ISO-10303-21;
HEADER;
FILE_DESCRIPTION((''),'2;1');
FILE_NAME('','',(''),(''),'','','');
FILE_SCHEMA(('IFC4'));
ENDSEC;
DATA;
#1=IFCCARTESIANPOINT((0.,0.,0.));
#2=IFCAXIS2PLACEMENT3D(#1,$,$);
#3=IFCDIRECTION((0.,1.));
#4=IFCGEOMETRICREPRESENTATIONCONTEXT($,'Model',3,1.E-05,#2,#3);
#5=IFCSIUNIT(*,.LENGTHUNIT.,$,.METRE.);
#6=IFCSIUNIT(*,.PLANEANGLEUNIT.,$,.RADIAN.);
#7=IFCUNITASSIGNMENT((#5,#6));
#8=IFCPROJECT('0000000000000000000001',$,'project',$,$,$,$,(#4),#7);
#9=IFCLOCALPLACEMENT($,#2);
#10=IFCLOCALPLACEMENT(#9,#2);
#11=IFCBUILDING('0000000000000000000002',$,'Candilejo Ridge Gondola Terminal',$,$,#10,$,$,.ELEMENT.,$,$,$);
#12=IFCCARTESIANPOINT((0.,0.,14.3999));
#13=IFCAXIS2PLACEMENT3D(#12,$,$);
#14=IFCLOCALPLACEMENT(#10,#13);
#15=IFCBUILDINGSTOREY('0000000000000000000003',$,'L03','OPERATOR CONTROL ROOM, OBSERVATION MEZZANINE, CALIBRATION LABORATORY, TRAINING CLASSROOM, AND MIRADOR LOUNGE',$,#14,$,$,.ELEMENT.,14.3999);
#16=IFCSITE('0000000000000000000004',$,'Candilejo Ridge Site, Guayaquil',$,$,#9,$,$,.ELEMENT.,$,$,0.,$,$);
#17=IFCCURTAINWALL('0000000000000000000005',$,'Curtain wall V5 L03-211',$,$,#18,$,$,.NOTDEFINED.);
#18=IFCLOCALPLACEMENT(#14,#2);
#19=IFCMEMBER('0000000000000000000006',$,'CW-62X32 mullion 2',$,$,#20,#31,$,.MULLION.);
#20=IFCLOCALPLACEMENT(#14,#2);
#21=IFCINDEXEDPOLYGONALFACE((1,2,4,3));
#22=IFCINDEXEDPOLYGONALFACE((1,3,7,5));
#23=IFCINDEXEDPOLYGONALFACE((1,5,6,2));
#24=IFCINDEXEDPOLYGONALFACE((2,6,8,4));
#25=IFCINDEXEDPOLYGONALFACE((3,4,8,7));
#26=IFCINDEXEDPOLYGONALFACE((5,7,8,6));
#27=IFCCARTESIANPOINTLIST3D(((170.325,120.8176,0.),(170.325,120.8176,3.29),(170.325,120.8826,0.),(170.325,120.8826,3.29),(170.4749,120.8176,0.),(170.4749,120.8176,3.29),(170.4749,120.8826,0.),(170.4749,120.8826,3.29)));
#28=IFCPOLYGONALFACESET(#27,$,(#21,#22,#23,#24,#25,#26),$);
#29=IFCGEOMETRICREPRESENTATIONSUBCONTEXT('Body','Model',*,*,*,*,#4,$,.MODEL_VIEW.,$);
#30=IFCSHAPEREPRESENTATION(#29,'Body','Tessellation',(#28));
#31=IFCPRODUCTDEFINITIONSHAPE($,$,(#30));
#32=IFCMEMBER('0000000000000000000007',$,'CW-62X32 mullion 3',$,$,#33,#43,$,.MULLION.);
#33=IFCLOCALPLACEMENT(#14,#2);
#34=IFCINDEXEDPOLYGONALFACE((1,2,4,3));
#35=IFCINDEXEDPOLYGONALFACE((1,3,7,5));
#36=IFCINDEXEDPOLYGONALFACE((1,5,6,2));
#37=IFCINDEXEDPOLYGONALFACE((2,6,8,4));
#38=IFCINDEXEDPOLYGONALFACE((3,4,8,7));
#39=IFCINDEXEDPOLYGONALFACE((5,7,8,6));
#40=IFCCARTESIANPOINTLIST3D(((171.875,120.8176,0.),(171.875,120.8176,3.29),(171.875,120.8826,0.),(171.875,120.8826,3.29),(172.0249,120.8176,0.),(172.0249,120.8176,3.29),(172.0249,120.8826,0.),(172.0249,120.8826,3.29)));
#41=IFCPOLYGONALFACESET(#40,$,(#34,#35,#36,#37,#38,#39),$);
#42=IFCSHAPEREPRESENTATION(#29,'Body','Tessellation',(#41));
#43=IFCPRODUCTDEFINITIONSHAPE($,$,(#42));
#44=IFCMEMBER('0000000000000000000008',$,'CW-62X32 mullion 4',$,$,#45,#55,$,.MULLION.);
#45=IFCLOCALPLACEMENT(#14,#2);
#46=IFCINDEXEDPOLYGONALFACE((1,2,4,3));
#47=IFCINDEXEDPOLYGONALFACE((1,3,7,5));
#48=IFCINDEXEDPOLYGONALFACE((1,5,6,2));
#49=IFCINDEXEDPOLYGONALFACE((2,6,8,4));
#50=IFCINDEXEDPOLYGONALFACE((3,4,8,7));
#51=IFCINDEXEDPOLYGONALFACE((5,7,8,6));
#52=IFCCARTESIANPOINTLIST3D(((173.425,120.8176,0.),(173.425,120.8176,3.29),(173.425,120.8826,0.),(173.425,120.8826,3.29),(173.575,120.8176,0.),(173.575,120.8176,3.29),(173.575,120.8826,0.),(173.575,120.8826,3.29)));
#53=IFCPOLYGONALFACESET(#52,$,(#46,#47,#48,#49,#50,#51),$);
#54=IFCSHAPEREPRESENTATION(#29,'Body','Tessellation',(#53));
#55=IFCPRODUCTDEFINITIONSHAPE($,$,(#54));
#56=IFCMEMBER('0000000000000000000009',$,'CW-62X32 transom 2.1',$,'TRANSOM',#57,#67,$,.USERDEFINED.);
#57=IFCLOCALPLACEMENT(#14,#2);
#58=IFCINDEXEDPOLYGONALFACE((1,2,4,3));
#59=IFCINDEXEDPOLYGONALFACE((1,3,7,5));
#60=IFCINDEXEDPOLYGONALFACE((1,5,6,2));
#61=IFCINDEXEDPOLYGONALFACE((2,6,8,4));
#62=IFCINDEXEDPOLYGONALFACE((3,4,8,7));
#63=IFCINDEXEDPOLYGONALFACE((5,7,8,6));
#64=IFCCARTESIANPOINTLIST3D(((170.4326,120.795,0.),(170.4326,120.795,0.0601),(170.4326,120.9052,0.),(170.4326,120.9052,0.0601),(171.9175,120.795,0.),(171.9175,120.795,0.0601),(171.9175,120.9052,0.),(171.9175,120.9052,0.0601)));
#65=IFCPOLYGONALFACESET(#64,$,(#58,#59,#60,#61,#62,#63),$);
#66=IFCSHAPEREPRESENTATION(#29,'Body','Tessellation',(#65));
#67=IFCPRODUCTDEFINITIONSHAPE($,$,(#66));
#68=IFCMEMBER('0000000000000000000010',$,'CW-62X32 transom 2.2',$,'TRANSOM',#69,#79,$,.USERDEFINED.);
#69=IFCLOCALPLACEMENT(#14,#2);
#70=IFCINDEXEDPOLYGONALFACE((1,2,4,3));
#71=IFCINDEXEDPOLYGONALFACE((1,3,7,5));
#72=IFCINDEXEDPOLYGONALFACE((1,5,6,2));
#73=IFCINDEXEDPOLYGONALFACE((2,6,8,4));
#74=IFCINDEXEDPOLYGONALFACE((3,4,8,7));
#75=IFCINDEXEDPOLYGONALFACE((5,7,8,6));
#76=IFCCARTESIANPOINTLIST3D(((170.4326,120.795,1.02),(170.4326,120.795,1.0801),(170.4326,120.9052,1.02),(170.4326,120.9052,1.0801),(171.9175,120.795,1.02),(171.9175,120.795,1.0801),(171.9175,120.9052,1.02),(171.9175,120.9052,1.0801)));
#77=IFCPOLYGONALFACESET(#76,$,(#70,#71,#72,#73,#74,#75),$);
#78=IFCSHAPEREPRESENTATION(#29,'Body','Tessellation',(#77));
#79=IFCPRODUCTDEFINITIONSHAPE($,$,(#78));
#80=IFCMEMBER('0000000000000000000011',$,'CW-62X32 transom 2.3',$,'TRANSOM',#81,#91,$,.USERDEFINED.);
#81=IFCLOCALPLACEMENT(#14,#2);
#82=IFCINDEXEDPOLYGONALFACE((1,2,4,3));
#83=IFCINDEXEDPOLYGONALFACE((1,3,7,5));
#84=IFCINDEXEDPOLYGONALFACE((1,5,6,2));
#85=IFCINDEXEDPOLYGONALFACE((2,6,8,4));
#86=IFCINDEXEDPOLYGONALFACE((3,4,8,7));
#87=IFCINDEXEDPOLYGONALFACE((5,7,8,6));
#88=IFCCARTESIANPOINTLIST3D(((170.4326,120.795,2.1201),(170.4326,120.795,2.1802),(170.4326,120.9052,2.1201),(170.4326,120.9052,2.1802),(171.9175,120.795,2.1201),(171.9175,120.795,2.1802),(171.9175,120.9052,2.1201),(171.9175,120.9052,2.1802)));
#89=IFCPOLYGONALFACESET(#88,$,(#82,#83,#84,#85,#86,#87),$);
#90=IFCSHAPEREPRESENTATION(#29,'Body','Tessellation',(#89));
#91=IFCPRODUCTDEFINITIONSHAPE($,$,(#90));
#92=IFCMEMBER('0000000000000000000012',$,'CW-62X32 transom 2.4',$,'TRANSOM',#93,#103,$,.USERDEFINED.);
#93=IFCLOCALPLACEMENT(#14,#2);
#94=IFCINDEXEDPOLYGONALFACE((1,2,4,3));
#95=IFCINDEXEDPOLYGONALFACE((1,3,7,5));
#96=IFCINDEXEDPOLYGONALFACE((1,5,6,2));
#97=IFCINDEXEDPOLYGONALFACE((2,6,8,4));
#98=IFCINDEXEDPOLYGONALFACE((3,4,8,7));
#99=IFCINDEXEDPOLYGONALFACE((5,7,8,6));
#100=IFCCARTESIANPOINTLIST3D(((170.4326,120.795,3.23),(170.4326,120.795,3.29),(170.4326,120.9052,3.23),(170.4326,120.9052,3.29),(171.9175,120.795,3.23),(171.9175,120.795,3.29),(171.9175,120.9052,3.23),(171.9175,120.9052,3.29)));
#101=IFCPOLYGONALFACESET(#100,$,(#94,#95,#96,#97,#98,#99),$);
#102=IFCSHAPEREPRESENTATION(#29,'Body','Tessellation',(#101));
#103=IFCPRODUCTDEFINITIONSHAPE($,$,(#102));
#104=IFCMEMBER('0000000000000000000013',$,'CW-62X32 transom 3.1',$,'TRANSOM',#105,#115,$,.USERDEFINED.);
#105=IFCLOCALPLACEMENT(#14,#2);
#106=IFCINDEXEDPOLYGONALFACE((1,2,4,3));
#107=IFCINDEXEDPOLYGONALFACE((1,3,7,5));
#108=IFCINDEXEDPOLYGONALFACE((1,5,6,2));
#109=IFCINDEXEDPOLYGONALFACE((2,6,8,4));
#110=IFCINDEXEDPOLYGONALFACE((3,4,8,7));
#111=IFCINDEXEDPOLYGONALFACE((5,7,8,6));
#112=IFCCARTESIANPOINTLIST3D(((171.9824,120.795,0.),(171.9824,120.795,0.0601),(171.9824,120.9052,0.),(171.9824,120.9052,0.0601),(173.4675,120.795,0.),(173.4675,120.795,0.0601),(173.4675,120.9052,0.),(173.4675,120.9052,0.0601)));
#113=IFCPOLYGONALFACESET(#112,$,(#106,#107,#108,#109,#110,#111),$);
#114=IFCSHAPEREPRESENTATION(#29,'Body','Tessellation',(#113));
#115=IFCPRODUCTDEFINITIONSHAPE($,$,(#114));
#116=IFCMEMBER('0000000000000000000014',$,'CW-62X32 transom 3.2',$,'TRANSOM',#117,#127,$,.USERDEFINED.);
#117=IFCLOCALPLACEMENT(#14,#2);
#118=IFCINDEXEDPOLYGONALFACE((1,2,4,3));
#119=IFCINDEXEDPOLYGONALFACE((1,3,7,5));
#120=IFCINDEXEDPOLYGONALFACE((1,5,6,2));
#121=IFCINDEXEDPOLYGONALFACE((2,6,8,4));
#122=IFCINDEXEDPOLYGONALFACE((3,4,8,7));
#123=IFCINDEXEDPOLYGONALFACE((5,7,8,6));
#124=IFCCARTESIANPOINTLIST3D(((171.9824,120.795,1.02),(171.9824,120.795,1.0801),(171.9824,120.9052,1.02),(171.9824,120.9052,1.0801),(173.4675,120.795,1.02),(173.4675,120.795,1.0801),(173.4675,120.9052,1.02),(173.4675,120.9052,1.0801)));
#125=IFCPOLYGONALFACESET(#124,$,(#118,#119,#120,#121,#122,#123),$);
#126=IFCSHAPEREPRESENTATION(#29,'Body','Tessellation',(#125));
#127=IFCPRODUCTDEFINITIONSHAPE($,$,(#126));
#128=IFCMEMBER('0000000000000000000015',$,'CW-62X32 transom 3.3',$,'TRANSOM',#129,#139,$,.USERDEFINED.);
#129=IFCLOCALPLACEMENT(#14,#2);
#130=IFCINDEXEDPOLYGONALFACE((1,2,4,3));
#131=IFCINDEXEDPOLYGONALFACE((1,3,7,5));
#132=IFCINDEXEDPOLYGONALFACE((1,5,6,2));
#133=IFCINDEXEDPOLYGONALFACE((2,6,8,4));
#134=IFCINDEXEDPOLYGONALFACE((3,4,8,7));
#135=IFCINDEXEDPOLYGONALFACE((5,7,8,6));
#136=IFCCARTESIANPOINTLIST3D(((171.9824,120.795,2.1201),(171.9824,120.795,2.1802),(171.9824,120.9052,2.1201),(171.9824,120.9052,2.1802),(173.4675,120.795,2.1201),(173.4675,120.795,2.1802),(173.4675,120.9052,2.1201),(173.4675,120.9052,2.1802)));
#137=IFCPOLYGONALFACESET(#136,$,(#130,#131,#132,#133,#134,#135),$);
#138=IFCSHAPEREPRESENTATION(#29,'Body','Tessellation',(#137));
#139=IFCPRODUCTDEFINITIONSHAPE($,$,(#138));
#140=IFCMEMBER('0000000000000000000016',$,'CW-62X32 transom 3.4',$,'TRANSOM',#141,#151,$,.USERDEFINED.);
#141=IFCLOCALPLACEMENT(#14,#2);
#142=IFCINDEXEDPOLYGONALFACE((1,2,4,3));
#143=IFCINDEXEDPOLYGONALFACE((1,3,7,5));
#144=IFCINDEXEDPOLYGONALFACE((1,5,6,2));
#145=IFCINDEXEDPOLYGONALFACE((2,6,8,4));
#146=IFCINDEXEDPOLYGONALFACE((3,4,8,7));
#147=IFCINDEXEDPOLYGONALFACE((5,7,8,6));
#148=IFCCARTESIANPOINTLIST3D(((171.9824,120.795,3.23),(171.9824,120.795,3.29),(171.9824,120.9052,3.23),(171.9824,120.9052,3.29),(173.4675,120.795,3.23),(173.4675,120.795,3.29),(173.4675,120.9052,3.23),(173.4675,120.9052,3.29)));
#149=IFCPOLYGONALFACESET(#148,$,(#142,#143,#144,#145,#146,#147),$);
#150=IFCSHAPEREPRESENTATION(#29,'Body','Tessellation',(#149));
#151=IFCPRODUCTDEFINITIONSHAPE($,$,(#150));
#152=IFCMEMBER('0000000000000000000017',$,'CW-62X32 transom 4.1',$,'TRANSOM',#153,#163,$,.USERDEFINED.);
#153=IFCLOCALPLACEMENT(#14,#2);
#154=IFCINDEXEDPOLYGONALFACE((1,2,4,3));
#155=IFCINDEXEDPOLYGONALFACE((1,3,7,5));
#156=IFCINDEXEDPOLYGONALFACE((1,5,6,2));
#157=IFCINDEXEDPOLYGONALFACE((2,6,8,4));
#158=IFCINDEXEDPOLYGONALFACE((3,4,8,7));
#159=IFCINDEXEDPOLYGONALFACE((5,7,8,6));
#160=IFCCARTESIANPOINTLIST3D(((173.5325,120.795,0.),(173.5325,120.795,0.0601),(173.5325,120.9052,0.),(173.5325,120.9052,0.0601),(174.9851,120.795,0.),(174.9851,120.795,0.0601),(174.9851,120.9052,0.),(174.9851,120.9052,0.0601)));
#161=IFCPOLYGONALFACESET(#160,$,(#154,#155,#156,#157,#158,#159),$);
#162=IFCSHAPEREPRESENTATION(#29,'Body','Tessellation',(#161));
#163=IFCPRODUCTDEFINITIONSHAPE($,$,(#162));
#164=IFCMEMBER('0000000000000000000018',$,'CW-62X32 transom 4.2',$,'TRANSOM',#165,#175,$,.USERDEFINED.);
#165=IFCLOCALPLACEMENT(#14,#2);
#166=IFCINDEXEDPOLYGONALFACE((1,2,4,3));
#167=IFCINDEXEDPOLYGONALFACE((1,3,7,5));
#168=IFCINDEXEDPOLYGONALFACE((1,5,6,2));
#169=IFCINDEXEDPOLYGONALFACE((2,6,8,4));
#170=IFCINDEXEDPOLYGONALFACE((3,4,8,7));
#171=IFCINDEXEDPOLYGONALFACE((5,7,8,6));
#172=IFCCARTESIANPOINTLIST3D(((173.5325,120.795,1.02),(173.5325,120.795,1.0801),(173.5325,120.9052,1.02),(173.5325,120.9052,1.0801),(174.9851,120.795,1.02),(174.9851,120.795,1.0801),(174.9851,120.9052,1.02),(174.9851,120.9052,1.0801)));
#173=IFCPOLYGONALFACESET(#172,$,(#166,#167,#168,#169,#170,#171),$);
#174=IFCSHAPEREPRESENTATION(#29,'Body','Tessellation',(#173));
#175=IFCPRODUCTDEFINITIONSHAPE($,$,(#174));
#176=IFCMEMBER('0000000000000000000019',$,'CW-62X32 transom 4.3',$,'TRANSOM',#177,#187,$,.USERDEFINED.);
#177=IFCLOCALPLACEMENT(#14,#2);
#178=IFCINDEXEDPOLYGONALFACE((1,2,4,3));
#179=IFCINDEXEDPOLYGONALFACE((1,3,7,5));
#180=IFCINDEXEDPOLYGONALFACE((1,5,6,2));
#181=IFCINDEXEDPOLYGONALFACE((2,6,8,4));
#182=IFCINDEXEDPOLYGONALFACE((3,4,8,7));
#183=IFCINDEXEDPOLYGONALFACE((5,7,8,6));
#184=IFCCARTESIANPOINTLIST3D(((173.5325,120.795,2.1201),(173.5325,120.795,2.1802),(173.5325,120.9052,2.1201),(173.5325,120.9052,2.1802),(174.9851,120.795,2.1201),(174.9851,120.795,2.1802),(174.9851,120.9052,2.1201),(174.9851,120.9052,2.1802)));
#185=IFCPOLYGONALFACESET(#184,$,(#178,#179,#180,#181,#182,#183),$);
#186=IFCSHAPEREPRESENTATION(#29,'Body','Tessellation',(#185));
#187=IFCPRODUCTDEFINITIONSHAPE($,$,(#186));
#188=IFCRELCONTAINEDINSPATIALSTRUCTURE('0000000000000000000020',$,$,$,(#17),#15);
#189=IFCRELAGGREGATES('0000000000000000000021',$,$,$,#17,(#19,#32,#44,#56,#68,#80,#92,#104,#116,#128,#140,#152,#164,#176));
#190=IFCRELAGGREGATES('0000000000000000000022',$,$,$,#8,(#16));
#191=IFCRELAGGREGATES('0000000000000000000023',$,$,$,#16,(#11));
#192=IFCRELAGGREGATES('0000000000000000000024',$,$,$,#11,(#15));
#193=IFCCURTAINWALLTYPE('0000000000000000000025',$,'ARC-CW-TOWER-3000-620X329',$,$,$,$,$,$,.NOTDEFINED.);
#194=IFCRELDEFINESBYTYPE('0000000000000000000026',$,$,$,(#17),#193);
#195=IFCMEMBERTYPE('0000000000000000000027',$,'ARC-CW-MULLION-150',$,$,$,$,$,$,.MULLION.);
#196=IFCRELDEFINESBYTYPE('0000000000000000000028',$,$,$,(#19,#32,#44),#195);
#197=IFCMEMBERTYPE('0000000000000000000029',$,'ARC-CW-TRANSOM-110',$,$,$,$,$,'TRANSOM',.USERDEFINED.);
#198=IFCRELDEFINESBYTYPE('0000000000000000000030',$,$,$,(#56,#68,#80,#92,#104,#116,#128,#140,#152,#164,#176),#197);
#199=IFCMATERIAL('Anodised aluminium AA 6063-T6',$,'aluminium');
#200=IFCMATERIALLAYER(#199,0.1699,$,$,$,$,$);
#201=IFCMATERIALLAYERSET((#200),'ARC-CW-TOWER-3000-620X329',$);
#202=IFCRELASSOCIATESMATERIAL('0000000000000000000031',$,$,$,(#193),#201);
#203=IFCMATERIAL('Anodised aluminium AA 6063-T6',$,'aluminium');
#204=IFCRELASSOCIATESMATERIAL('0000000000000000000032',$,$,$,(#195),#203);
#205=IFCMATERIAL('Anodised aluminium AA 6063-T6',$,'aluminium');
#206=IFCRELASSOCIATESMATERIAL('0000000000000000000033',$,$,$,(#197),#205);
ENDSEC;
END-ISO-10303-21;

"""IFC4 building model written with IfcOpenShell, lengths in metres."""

from ifc_helpers import new_model, si_unit, direction, frame, origin, origin_2d, place, context, subcontext, project, spatial, rectangle, extrude, material, layer, layer_set, material_profile, profile_set, type_object, element, aggregate, save


model = new_model("IFC4")

# Units and contexts
model_context = context("Model", 3, precision=1e-05, world=origin(), true_north=direction((0.0, 1.0)))
body_context = subcontext(model_context, "Body", "Model", "MODEL_VIEW")
ifc_project = project(units=[si_unit("LENGTHUNIT", "METRE"), si_unit("PLANEANGLEUNIT", "RADIAN")], contexts=[model_context])

# Site, building, storey
site_placement = place(None, origin())
site = spatial("IfcSite", under=ifc_project, at=site_placement, Name="Candilejo Ridge Site, Guayaquil", CompositionType="ELEMENT", RefElevation=0.0)
building_placement = place(site_placement, origin())
building = spatial("IfcBuilding", under=site, at=building_placement, Name="Candilejo Ridge Gondola Terminal", CompositionType="ELEMENT")
storey_placement = place(building_placement, frame((0.0, 0.0, 14.3999)))
storey = spatial("IfcBuildingStorey", under=building, at=storey_placement, Name="L03", Description="OPERATOR CONTROL ROOM, OBSERVATION MEZZANINE, CALIBRATION LABORATORY, TRAINING CLASSROOM, AND MIRADOR LOUNGE", CompositionType="ELEMENT", Elevation=14.3999)

# Curtain wall, members
ifc_material_1 = material(Name="Anodised aluminium AA 6063-T6", Category="aluminium")
ifc_layer_1 = layer(ifc_material_1, 0.1699)
ifc_layer_set_1 = layer_set([ifc_layer_1], Name="ARC-CW-TOWER-3000-620X329")
curtain_wall_type = type_object("IfcCurtainWallType", Name="ARC-CW-TOWER-3000-620X329", PredefinedType="NOTDEFINED", material=ifc_layer_set_1)
curtain_wall_placement = place(storey_placement, origin())
curtain_wall = element("IfcCurtainWall", 1, at=curtain_wall_placement, inside=storey, type_object=curtain_wall_type, Name="Curtain wall V5 L03-211", PredefinedType="NOTDEFINED")
ifc_material_2 = material(Name="Anodised aluminium AA 6063-T6", Category="aluminium")
ifc_material_profile_1 = material_profile(ifc_material_2, rectangle(XDim=0.0649, YDim=0.1499, at=origin_2d()))
ifc_profile_set_1 = profile_set([ifc_material_profile_1], Name="Anodised aluminium AA 6063-T6")
member_type_1 = type_object("IfcMemberType", Name="ARC-CW-MULLION-150", PredefinedType="MULLION", material=ifc_profile_set_1)
member_1_placement = place(storey_placement, frame((170.3999, 120.8501, 0.0), z_axis=(0.0, 0.0, 1.0), x_axis=(0.0, 1.0, 0.0)))
member_1 = element("IfcMember", 2, at=member_1_placement, type_object=member_type_1, Name="CW-62X32 mullion 2", PredefinedType="MULLION", context=body_context, shape_type="SweptSolid", body=[
    extrude(rectangle(XDim=0.0649, YDim=0.1499, at=origin_2d()), origin(), (0.0, 0.0, 1.0), 3.29),
])
member_2_placement = place(storey_placement, frame((171.95, 120.8501, 0.0), z_axis=(0.0, 0.0, 1.0), x_axis=(0.0, 1.0, 0.0)))
member_2 = element("IfcMember", 3, at=member_2_placement, type_object=member_type_1, Name="CW-62X32 mullion 3", PredefinedType="MULLION", context=body_context, shape_type="SweptSolid", body=[
    extrude(rectangle(XDim=0.0649, YDim=0.1499, at=origin_2d()), origin(), (0.0, 0.0, 1.0), 3.29),
])
member_3_placement = place(storey_placement, frame((173.5, 120.8501, 0.0), z_axis=(0.0, 0.0, 1.0), x_axis=(0.0, 1.0, 0.0)))
member_3 = element("IfcMember", 4, at=member_3_placement, type_object=member_type_1, Name="CW-62X32 mullion 4", PredefinedType="MULLION", context=body_context, shape_type="SweptSolid", body=[
    extrude(rectangle(XDim=0.0649, YDim=0.1499, at=origin_2d()), origin(), (0.0, 0.0, 1.0), 3.29),
])
ifc_material_3 = material(Name="Anodised aluminium AA 6063-T6", Category="aluminium")
ifc_material_profile_2 = material_profile(ifc_material_3, rectangle(XDim=0.1101, YDim=0.0601, at=origin_2d()))
ifc_profile_set_2 = profile_set([ifc_material_profile_2], Name="Anodised aluminium AA 6063-T6")
member_type_2 = type_object("IfcMemberType", Name="ARC-CW-TRANSOM-110", ElementType="TRANSOM", PredefinedType="USERDEFINED", material=ifc_profile_set_2)
member_4_placement = place(storey_placement, frame((170.4326, 120.8501, 0.03), z_axis=(1.0, 0.0, 0.0), x_axis=(0.0, 1.0, 0.0)))
member_4 = element("IfcMember", 5, at=member_4_placement, type_object=member_type_2, Name="CW-62X32 transom 2.1", ObjectType="TRANSOM", PredefinedType="USERDEFINED", context=body_context, shape_type="SweptSolid", body=[
    extrude(rectangle(XDim=0.1101, YDim=0.0601, at=origin_2d()), origin(), (0.0, 0.0, 1.0), 1.4849),
])
member_5_placement = place(storey_placement, frame((170.4326, 120.8501, 1.05), z_axis=(1.0, 0.0, 0.0), x_axis=(0.0, 1.0, 0.0)))
member_5 = element("IfcMember", 6, at=member_5_placement, type_object=member_type_2, Name="CW-62X32 transom 2.2", ObjectType="TRANSOM", PredefinedType="USERDEFINED", context=body_context, shape_type="SweptSolid", body=[
    extrude(rectangle(XDim=0.1101, YDim=0.0601, at=origin_2d()), origin(), (0.0, 0.0, 1.0), 1.4849),
])
member_6_placement = place(storey_placement, frame((170.4326, 120.8501, 2.1501), z_axis=(1.0, 0.0, 0.0), x_axis=(0.0, 1.0, 0.0)))
member_6 = element("IfcMember", 7, at=member_6_placement, type_object=member_type_2, Name="CW-62X32 transom 2.3", ObjectType="TRANSOM", PredefinedType="USERDEFINED", context=body_context, shape_type="SweptSolid", body=[
    extrude(rectangle(XDim=0.1101, YDim=0.0601, at=origin_2d()), origin(), (0.0, 0.0, 1.0), 1.4849),
])
member_7_placement = place(storey_placement, frame((170.4326, 120.8501, 3.26), z_axis=(1.0, 0.0, 0.0), x_axis=(0.0, 1.0, 0.0)))
member_7 = element("IfcMember", 8, at=member_7_placement, type_object=member_type_2, Name="CW-62X32 transom 2.4", ObjectType="TRANSOM", PredefinedType="USERDEFINED", context=body_context, shape_type="SweptSolid", body=[
    extrude(rectangle(XDim=0.1101, YDim=0.0601, at=origin_2d()), origin(), (0.0, 0.0, 1.0), 1.4849),
])
member_8_placement = place(storey_placement, frame((171.9824, 120.8501, 0.03), z_axis=(1.0, 0.0, 0.0), x_axis=(0.0, 1.0, 0.0)))
member_8 = element("IfcMember", 9, at=member_8_placement, type_object=member_type_2, Name="CW-62X32 transom 3.1", ObjectType="TRANSOM", PredefinedType="USERDEFINED", context=body_context, shape_type="SweptSolid", body=[
    extrude(rectangle(XDim=0.1101, YDim=0.0601, at=origin_2d()), origin(), (0.0, 0.0, 1.0), 1.4851),
])
member_9_placement = place(storey_placement, frame((171.9824, 120.8501, 1.05), z_axis=(1.0, 0.0, 0.0), x_axis=(0.0, 1.0, 0.0)))
member_9 = element("IfcMember", 10, at=member_9_placement, type_object=member_type_2, Name="CW-62X32 transom 3.2", ObjectType="TRANSOM", PredefinedType="USERDEFINED", context=body_context, shape_type="SweptSolid", body=[
    extrude(rectangle(XDim=0.1101, YDim=0.0601, at=origin_2d()), origin(), (0.0, 0.0, 1.0), 1.4851),
])
member_10_placement = place(storey_placement, frame((171.9824, 120.8501, 2.1501), z_axis=(1.0, 0.0, 0.0), x_axis=(0.0, 1.0, 0.0)))
member_10 = element("IfcMember", 11, at=member_10_placement, type_object=member_type_2, Name="CW-62X32 transom 3.3", ObjectType="TRANSOM", PredefinedType="USERDEFINED", context=body_context, shape_type="SweptSolid", body=[
    extrude(rectangle(XDim=0.1101, YDim=0.0601, at=origin_2d()), origin(), (0.0, 0.0, 1.0), 1.4851),
])
member_11_placement = place(storey_placement, frame((171.9824, 120.8501, 3.26), z_axis=(1.0, 0.0, 0.0), x_axis=(0.0, 1.0, 0.0)))
member_11 = element("IfcMember", 12, at=member_11_placement, type_object=member_type_2, Name="CW-62X32 transom 3.4", ObjectType="TRANSOM", PredefinedType="USERDEFINED", context=body_context, shape_type="SweptSolid", body=[
    extrude(rectangle(XDim=0.1101, YDim=0.0601, at=origin_2d()), origin(), (0.0, 0.0, 1.0), 1.4851),
])
member_12_placement = place(storey_placement, frame((173.5325, 120.8501, 0.03), z_axis=(1.0, 0.0, 0.0), x_axis=(0.0, 1.0, 0.0)))
member_12 = element("IfcMember", 13, at=member_12_placement, type_object=member_type_2, Name="CW-62X32 transom 4.1", ObjectType="TRANSOM", PredefinedType="USERDEFINED", context=body_context, shape_type="SweptSolid", body=[
    extrude(rectangle(XDim=0.1101, YDim=0.0601, at=origin_2d()), origin(), (0.0, 0.0, 1.0), 1.4526),
])
member_13_placement = place(storey_placement, frame((173.5325, 120.8501, 1.05), z_axis=(1.0, 0.0, 0.0), x_axis=(0.0, 1.0, 0.0)))
member_13 = element("IfcMember", 14, at=member_13_placement, type_object=member_type_2, Name="CW-62X32 transom 4.2", ObjectType="TRANSOM", PredefinedType="USERDEFINED", context=body_context, shape_type="SweptSolid", body=[
    extrude(rectangle(XDim=0.1101, YDim=0.0601, at=origin_2d()), origin(), (0.0, 0.0, 1.0), 1.4526),
])
member_14_placement = place(storey_placement, frame((173.5325, 120.8501, 2.1501), z_axis=(1.0, 0.0, 0.0), x_axis=(0.0, 1.0, 0.0)))
member_14 = element("IfcMember", 15, at=member_14_placement, type_object=member_type_2, Name="CW-62X32 transom 4.3", ObjectType="TRANSOM", PredefinedType="USERDEFINED", context=body_context, shape_type="SweptSolid", body=[
    extrude(rectangle(XDim=0.1101, YDim=0.0601, at=origin_2d()), origin(), (0.0, 0.0, 1.0), 1.4526),
])
aggregate(curtain_wall, [member_1, member_2, member_3, member_4, member_5, member_6, member_7, member_8, member_9, member_10, member_11, member_12, member_13, member_14])

save(model, "model.ifc")
